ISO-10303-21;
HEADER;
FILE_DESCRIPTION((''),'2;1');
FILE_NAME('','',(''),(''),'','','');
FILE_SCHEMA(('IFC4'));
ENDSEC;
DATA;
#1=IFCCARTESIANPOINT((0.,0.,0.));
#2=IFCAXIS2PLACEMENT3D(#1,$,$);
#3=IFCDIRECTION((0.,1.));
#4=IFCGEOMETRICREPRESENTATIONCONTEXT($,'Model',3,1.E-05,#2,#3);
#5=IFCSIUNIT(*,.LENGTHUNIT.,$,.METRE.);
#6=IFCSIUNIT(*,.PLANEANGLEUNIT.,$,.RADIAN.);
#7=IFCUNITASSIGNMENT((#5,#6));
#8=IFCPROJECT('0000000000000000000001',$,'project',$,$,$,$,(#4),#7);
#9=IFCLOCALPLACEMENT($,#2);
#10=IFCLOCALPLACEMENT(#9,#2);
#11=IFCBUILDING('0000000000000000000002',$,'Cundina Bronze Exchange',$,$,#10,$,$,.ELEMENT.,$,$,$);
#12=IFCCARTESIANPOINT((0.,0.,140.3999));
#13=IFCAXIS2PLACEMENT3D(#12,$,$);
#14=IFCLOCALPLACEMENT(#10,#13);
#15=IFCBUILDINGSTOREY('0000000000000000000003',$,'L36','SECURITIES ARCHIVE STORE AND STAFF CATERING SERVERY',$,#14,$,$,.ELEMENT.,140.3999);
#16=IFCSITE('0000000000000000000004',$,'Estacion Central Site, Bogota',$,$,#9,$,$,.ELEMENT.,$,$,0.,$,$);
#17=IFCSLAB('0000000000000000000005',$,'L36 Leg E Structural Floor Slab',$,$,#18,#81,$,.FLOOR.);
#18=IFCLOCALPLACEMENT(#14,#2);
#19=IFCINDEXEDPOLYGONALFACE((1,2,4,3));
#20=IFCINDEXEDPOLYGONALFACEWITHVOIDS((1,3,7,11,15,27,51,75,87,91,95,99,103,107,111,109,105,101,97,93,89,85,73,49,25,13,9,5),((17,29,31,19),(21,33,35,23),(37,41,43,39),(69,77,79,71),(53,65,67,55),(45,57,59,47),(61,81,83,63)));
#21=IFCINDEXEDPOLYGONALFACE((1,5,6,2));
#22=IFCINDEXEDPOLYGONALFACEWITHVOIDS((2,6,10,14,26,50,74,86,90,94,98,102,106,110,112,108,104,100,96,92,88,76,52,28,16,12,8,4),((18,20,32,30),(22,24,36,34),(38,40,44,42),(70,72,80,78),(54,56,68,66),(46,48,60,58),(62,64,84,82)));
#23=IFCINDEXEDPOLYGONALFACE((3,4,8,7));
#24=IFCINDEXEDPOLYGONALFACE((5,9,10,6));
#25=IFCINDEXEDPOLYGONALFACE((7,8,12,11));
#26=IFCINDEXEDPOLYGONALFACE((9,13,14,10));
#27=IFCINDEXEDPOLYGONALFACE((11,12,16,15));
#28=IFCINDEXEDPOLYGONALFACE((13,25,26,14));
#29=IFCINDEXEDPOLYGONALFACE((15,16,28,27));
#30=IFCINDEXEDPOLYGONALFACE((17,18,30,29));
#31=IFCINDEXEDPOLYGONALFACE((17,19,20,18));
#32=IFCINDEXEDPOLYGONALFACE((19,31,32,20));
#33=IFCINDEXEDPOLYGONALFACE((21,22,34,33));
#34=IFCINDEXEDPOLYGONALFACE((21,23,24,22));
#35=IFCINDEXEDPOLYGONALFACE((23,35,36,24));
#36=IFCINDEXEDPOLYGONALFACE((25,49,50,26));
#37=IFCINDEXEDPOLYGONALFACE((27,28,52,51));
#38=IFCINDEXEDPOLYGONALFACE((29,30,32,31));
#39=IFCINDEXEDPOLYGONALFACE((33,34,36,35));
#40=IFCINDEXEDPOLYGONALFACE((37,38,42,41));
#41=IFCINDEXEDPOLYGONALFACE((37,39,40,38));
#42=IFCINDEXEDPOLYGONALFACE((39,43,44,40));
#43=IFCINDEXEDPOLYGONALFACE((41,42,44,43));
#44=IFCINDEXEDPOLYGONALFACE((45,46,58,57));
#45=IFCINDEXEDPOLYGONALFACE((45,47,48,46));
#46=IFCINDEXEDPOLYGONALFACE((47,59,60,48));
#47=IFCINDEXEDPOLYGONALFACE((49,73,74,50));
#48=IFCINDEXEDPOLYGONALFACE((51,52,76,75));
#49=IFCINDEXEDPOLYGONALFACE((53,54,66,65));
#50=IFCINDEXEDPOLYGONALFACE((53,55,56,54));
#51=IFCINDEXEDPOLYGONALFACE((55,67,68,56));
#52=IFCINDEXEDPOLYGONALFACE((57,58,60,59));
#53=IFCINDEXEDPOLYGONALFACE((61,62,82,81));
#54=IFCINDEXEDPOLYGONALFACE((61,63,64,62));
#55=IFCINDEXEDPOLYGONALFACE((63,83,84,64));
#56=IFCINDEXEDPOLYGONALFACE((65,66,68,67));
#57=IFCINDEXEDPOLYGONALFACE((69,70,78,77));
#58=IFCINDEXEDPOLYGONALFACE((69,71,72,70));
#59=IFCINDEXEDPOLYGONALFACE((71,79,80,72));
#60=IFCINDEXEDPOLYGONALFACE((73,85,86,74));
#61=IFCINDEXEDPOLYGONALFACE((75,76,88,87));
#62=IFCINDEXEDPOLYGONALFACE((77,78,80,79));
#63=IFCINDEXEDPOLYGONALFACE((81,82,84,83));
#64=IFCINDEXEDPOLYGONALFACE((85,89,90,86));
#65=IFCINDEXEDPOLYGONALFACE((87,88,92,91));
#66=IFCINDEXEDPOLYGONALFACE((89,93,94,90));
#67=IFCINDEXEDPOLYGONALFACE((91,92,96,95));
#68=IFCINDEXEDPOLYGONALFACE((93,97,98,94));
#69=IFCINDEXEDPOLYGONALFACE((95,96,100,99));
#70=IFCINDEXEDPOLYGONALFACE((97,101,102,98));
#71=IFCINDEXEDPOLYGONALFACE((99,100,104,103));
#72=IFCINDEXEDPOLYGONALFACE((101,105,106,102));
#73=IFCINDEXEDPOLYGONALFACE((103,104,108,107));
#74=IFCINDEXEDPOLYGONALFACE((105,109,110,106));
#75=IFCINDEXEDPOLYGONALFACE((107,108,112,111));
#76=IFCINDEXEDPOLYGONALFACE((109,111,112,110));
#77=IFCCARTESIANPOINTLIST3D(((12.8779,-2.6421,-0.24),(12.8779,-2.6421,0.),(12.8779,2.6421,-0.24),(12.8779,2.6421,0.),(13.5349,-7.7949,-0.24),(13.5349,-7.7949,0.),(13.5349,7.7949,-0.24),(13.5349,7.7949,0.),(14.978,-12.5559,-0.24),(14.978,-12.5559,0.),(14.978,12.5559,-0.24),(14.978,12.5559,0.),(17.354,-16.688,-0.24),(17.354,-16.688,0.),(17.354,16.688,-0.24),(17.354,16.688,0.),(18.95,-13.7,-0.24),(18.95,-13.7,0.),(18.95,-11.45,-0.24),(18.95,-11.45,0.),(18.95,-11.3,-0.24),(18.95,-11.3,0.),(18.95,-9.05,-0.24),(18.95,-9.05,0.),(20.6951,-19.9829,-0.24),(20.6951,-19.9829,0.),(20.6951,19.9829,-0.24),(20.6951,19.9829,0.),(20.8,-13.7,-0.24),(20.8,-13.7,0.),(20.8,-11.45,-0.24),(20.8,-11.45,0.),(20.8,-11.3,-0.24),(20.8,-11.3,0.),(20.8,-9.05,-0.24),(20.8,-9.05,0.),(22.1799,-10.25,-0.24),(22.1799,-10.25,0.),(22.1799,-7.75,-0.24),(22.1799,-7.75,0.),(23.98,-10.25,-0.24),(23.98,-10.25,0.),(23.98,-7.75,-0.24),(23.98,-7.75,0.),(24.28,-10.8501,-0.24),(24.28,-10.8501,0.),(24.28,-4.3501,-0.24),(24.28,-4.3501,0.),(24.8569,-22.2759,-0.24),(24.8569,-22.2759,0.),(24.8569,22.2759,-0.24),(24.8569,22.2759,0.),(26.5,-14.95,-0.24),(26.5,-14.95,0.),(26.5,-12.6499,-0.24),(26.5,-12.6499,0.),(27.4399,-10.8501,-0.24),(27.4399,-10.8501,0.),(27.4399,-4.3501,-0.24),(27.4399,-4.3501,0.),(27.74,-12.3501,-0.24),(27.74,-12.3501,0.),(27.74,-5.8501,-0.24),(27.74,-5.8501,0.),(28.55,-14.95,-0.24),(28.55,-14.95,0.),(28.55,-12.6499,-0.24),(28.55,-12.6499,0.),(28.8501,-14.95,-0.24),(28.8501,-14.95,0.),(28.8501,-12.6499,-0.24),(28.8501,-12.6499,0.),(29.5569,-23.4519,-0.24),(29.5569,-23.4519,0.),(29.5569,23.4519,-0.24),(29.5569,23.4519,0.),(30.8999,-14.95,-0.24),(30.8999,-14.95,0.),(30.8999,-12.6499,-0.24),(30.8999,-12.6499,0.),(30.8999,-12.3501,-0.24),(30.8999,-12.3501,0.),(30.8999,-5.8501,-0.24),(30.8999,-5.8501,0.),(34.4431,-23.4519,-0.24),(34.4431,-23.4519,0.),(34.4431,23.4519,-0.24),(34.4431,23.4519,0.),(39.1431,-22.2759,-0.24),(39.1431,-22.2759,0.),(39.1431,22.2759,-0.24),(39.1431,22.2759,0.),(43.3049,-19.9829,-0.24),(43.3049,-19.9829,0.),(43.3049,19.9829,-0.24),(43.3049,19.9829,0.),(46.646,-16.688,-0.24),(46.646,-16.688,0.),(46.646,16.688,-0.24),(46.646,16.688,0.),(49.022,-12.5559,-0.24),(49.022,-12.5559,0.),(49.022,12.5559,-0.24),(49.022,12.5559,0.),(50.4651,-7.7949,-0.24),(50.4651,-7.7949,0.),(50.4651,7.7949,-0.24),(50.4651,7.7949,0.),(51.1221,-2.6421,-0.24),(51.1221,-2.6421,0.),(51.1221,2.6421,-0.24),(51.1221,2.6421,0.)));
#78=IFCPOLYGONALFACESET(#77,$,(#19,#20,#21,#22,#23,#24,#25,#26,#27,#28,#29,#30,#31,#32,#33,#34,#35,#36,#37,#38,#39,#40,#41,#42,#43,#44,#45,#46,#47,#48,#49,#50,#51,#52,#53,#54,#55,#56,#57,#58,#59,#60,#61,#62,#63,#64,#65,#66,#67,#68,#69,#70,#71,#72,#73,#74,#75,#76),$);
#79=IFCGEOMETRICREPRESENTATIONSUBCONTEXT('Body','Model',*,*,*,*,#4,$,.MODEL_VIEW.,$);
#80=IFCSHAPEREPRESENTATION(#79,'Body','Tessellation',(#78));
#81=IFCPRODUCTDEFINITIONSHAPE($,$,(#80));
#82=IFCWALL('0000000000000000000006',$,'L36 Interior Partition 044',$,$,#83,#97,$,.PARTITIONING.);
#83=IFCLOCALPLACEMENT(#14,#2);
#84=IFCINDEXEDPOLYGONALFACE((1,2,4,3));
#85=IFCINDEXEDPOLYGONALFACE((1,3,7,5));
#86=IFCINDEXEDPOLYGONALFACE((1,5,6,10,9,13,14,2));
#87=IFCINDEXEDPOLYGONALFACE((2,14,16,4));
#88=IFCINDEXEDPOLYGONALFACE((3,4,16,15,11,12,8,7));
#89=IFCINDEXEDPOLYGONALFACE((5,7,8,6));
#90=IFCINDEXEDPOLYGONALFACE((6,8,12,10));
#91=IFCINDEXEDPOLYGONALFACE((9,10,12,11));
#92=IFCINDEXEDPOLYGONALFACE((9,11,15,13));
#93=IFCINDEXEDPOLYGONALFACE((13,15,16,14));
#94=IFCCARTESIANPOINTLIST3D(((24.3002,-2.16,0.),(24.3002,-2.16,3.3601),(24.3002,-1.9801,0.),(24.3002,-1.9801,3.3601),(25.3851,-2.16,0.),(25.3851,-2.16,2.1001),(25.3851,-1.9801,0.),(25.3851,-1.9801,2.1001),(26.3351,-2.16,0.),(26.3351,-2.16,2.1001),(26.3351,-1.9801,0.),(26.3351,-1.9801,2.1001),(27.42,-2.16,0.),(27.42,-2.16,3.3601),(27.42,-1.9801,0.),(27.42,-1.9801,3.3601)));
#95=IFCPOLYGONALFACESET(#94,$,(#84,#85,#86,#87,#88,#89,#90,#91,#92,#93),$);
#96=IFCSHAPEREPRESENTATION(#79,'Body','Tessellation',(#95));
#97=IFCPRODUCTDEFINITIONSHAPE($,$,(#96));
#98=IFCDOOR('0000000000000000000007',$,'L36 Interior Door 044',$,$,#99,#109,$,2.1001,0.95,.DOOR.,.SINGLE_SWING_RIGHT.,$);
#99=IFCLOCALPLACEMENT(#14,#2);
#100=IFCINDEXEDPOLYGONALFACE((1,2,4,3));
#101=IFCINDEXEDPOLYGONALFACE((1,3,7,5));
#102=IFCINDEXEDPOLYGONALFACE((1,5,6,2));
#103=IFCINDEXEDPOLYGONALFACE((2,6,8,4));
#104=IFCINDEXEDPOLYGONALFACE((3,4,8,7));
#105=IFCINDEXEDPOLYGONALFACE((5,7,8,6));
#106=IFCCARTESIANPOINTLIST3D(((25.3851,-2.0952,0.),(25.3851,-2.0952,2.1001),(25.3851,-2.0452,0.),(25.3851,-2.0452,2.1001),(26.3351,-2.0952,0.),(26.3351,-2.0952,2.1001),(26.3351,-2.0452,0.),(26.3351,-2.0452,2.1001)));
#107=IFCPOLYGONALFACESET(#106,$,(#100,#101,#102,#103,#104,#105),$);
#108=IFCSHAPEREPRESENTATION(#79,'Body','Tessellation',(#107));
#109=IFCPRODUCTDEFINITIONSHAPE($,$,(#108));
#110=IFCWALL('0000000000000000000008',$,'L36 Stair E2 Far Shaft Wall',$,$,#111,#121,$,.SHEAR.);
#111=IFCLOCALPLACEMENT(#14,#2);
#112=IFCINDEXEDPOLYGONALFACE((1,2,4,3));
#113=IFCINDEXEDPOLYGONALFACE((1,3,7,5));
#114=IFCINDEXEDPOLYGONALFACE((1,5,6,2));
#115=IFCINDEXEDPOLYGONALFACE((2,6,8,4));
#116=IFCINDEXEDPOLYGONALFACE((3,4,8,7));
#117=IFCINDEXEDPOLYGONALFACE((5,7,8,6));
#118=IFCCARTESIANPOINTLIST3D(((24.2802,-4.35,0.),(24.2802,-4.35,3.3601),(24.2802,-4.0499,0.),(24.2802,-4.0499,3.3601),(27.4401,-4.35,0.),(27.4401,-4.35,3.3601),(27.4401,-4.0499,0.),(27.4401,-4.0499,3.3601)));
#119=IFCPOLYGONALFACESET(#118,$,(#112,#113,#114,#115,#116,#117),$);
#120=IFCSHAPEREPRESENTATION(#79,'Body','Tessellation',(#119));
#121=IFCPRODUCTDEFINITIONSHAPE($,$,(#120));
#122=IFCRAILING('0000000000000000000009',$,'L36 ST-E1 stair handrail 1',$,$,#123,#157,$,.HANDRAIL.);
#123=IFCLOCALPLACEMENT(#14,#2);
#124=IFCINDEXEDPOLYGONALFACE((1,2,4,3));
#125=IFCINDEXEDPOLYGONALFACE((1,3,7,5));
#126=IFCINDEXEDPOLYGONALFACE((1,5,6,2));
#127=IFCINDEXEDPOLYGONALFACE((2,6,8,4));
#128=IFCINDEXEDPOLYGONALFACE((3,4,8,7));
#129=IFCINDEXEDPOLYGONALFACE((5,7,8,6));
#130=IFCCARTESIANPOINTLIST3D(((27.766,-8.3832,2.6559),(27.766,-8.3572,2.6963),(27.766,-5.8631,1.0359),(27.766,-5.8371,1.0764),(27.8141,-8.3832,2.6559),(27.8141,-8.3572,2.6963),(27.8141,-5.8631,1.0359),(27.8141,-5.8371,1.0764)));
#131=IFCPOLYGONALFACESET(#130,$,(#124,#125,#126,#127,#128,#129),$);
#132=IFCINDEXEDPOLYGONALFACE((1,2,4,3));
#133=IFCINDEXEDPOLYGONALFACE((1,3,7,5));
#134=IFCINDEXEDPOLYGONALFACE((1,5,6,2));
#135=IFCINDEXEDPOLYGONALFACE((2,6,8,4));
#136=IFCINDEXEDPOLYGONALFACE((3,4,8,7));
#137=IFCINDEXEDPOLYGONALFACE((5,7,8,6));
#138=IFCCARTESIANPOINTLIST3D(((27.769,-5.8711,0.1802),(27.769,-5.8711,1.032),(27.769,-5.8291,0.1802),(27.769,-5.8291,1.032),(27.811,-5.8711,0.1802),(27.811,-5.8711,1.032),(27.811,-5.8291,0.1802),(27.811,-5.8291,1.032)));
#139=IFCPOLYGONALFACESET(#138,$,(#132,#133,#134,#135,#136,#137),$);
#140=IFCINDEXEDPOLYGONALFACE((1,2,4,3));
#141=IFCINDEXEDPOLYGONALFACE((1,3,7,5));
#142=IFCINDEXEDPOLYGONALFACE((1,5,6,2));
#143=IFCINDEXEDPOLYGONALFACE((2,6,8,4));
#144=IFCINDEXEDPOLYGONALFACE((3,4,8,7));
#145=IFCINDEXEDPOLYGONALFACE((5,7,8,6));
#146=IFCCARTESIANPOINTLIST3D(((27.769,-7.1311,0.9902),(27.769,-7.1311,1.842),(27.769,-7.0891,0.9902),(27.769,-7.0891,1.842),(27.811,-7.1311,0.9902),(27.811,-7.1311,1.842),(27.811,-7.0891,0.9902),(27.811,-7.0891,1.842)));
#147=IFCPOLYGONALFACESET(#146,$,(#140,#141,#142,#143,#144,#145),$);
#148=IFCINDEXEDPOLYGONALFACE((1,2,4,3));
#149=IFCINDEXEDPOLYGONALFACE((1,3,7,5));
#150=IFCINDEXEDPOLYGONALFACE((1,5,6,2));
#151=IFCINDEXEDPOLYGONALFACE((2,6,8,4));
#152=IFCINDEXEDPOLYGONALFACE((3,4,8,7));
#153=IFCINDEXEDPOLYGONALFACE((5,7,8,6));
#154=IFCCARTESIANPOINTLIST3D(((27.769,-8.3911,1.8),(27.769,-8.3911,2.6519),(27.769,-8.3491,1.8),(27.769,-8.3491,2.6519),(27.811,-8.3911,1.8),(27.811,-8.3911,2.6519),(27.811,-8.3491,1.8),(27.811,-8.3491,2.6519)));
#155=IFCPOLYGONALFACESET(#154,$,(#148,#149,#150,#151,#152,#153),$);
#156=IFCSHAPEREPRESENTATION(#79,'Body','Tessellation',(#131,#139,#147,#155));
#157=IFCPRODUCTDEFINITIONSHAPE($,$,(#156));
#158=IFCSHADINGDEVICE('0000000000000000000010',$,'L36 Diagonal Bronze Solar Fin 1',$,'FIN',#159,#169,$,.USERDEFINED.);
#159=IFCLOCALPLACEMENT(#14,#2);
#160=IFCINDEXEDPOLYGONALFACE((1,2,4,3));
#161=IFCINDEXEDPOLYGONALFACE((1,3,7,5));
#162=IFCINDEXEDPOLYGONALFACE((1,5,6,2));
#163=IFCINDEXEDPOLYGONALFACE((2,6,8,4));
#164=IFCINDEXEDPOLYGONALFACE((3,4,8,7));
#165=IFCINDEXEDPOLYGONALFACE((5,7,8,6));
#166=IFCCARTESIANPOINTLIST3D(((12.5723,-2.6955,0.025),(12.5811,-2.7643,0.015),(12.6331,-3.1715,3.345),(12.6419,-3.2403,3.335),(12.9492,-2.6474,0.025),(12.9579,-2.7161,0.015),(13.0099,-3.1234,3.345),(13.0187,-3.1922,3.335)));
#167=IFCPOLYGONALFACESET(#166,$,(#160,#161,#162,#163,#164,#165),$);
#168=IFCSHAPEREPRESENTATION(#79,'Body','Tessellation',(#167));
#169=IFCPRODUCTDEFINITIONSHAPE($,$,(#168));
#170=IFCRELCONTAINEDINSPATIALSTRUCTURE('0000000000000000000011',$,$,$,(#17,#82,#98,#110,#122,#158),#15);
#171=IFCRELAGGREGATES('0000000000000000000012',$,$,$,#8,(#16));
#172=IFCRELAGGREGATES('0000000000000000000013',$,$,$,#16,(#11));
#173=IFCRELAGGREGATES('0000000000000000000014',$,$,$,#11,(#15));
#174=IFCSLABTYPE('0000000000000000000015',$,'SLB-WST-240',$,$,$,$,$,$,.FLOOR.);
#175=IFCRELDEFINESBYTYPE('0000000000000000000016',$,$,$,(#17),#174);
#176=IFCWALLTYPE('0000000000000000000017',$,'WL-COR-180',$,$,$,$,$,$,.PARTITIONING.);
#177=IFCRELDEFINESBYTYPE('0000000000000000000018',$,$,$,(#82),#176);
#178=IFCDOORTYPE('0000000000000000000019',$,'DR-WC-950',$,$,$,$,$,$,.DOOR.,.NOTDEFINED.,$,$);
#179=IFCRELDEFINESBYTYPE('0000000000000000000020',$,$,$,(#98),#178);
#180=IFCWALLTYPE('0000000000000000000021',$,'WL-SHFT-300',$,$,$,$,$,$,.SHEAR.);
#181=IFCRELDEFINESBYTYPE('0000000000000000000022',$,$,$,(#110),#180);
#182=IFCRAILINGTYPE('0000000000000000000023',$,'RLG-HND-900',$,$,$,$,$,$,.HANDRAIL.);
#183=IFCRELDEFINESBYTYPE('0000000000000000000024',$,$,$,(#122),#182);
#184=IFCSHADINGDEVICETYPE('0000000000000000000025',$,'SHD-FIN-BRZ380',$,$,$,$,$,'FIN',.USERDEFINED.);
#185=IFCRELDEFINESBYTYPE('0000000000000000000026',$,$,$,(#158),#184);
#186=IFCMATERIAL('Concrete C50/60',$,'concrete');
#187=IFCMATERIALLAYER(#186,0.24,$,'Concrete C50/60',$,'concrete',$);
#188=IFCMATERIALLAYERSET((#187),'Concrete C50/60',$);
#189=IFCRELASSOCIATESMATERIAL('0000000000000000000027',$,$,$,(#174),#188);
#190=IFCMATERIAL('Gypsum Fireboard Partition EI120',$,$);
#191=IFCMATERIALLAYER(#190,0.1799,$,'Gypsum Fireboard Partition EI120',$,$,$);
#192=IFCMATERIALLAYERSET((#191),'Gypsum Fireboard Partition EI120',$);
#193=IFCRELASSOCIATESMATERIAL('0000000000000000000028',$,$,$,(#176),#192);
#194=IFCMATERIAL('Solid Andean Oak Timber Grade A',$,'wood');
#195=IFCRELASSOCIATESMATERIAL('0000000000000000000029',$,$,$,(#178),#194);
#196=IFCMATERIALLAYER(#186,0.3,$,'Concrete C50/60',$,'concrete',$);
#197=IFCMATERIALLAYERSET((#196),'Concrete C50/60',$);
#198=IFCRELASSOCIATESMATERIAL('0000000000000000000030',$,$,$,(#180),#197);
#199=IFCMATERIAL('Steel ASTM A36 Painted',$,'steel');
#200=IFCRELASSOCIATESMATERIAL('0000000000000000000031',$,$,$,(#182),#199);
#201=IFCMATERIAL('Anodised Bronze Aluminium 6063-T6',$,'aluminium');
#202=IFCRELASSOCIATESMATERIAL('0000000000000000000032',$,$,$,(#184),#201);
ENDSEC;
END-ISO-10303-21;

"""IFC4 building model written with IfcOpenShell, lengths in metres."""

from ifc_helpers import new_model, si_unit, direction, frame, frame_2d, origin, origin_2d, place, context, subcontext, project, spatial, polyline, rectangle, outline, extrude, material, layer, layer_set, material_profile, profile_set, type_object, element, fill, save


model = new_model("IFC4")

# Units and contexts
model_context = context("Model", 3, precision=1e-05, world=origin(), true_north=direction((0.0, 1.0)))
body_context = subcontext(model_context, "Body", "Model", "MODEL_VIEW")
ifc_project = project(units=[si_unit("LENGTHUNIT", "METRE"), si_unit("PLANEANGLEUNIT", "RADIAN")], contexts=[model_context])

# Site, building, storey
site_placement = place(None, origin())
site = spatial("IfcSite", under=ifc_project, at=site_placement, Name="Estacion Central Site, Bogota", CompositionType="ELEMENT", RefElevation=0.0)
building_placement = place(site_placement, origin())
building = spatial("IfcBuilding", under=site, at=building_placement, Name="Cundina Bronze Exchange", CompositionType="ELEMENT")
storey_placement = place(building_placement, frame((0.0, 0.0, 140.3999)))
storey = spatial("IfcBuildingStorey", under=building, at=storey_placement, Name="L36", Description="SECURITIES ARCHIVE STORE AND STAFF CATERING SERVERY", CompositionType="ELEMENT", Elevation=140.3999)

# Shared definitions
ifc_material_1 = material(Name="Concrete C50/60", Category="concrete")

# Shared definitions
ifc_material_2 = material(Name="Anodised Bronze Aluminium 6063-T6", Category="aluminium")

# Slab
ifc_layer_1 = layer(ifc_material_1, 0.24, Name="Concrete C50/60", Category="concrete")
ifc_layer_set_1 = layer_set([ifc_layer_1], Name="Concrete C50/60")
slab_type_1 = type_object("IfcSlabType", Name="SLB-WST-240", PredefinedType="FLOOR", material=ifc_layer_set_1)
slab_1_placement = place(storey_placement, frame((0.0, 0.0, -0.24)))
element("IfcSlab", 1, at=slab_1_placement, inside=storey, type_object=slab_type_1, Name="L36 Leg E Structural Floor Slab", PredefinedType="FLOOR", context=body_context, shape_type="SweptSolid", body=[
    extrude(outline(polyline([(51.1221, 2.6421), (50.4651, 7.7949), (49.022, 12.5559), (46.646, 16.688), (43.3049, 19.9829), (39.1431, 22.2759), (34.4431, 23.4519), (29.5569, 23.4519), (24.8569, 22.2759), (20.6951, 19.9829), (17.354, 16.688), (14.978, 12.5559), (13.5349, 7.7949), (12.8779, 2.6421), (12.8779, -2.6421), (13.5349, -7.7949), (14.978, -12.5559), (17.354, -16.688), (20.6951, -19.9829), (24.8569, -22.2759), (29.5569, -23.4519), (34.4431, -23.4519), (39.1431, -22.2759), (43.3049, -19.9829), (46.646, -16.688), (49.022, -12.5559), (50.4651, -7.7949), (51.1221, -2.6421), (51.1221, 2.6421)]), holes=[polyline([(27.74, -5.8501), (27.74, -12.3501), (30.8999, -12.3501), (30.8999, -5.8501), (27.74, -5.8501)]), polyline([(27.4399, -10.8501), (27.4399, -4.3501), (24.28, -4.3501), (24.28, -10.8501), (27.4399, -10.8501)]), polyline([(22.1799, -7.75), (23.98, -7.75), (23.98, -10.25), (22.1799, -10.25), (22.1799, -7.75)]), polyline([(28.8501, -12.6499), (30.8999, -12.6499), (30.8999, -14.95), (28.8501, -14.95), (28.8501, -12.6499)]), polyline([(26.5, -12.6499), (28.55, -12.6499), (28.55, -14.95), (26.5, -14.95), (26.5, -12.6499)]), polyline([(18.95, -11.45), (20.8, -11.45), (20.8, -13.7), (18.95, -13.7), (18.95, -11.45)]), polyline([(18.95, -9.05), (20.8, -9.05), (20.8, -11.3), (18.95, -11.3), (18.95, -9.05)])]), origin(), (0.0, 0.0, 1.0), 0.24),
])

# Wall, opening, door
ifc_material_3 = material(Name="Gypsum Fireboard Partition EI120")
ifc_layer_2 = layer(ifc_material_3, 0.1799, Name="Gypsum Fireboard Partition EI120")
ifc_layer_set_2 = layer_set([ifc_layer_2], Name="Gypsum Fireboard Partition EI120")
wall_type_1 = type_object("IfcWallType", Name="WL-COR-180", PredefinedType="PARTITIONING", material=ifc_layer_set_2)
ifc_material_4 = material(Name="Steel ASTM A36 Painted", Category="steel")
wall_1_placement = place(storey_placement, frame((24.3, -2.0701, 0.0), z_axis=(0.0, 0.0, 1.0), x_axis=(1.0, 0.0, 0.0)))
wall_1 = element("IfcWall", 2, at=wall_1_placement, inside=storey, type_object=wall_type_1, Name="L36 Interior Partition 044", PredefinedType="PARTITIONING", context=body_context, shape_type="SweptSolid", body=[
    extrude(rectangle(XDim=3.1199, YDim=0.1799, at=frame_2d((1.5601, 0.0))), origin(), (0.0, 0.0, 1.0), 3.3601),
])
opening_1_placement = place(wall_1_placement, frame((1.085, 0.0, 0.0)))
opening_1 = element("IfcOpeningElement", 3, at=opening_1_placement, cuts=wall_1, PredefinedType="OPENING", context=body_context, shape_type="SweptSolid", body=[
    extrude(rectangle(XDim=0.95, YDim=2.1001, at=frame_2d((0.4751, 1.05))), frame((0.0, 0.0999, 0.0), z_axis=(0.0, -1.0, 0.0), x_axis=(1.0, 0.0, 0.0)), (0.0, 0.0, 1.0), 0.2),
])
ifc_material_5 = material(Name="Solid Andean Oak Timber Grade A", Category="wood")
door_type_1 = type_object("IfcDoorType", Name="DR-WC-950", OperationType="NOTDEFINED", PredefinedType="DOOR", material=ifc_material_5)
door_1_placement = place(opening_1_placement, origin())
door_1 = element("IfcDoor", 4, at=door_1_placement, inside=storey, type_object=door_type_1, Name="L36 Interior Door 044", OperationType="SINGLE_SWING_RIGHT", OverallHeight=2.1001, OverallWidth=0.95, PredefinedType="DOOR", context=body_context, shape_type="SweptSolid", body=[
    extrude(rectangle(XDim=0.95, YDim=2.1001, at=frame_2d((0.4751, 1.05))), frame((0.0, 0.0249, 0.0), z_axis=(0.0, -1.0, 0.0), x_axis=(1.0, 0.0, 0.0)), (0.0, 0.0, 1.0), 0.05),
])
fill(opening_1, door_1)
ifc_layer_3 = layer(ifc_material_1, 0.3, Name="Concrete C50/60", Category="concrete")
ifc_layer_set_3 = layer_set([ifc_layer_3], Name="Concrete C50/60")
wall_type_2 = type_object("IfcWallType", Name="WL-SHFT-300", PredefinedType="SHEAR", material=ifc_layer_set_3)

# Wall
wall_2_placement = place(storey_placement, frame((24.28, -4.2, 0.0), z_axis=(0.0, 0.0, 1.0), x_axis=(1.0, 0.0, 0.0)))
element("IfcWall", 5, at=wall_2_placement, inside=storey, type_object=wall_type_2, Name="L36 Stair E2 Far Shaft Wall", PredefinedType="SHEAR", context=body_context, shape_type="SweptSolid", body=[
    extrude(rectangle(XDim=3.1599, YDim=0.3, at=frame_2d((1.5801, 0.0))), origin(), (0.0, 0.0, 1.0), 3.3601),
])

# Railing
railing_type = type_object("IfcRailingType", Name="RLG-HND-900", PredefinedType="HANDRAIL", material=ifc_material_4)
railing_placement = place(storey_placement, frame((27.79, -5.8501, 0.1802)))
element("IfcRailing", 6, at=railing_placement, inside=storey, type_object=railing_type, Name="L36 ST-E1 stair handrail 1", PredefinedType="HANDRAIL", context=body_context, shape_type="SweptSolid", body=[
    extrude(rectangle(XDim=0.0481, YDim=0.0481, at=origin_2d()), frame((0.0, 0.0, 0.876), z_axis=(0.0, -0.8412, 0.540725), x_axis=(1.0, 0.0, 0.0)), (0.0, 0.0, 1.0), 2.9958),
    extrude(rectangle(XDim=0.042, YDim=0.042, at=origin_2d()), origin(), (0.0, 0.0, 1.0), 0.8518),
    extrude(rectangle(XDim=0.042, YDim=0.042, at=origin_2d()), frame((0.0, -1.26, 0.8101)), (0.0, 0.0, 1.0), 0.8518),
    extrude(rectangle(XDim=0.042, YDim=0.042, at=origin_2d()), frame((0.0, -2.52, 1.6199)), (0.0, 0.0, 1.0), 0.8518),
])

# Shading device
ifc_material_profile_1 = material_profile(ifc_material_2, rectangle(XDim=0.0701, YDim=0.3799, at=origin_2d()), Name="FIN70X380", Category="aluminium")
ifc_profile_set_1 = profile_set([ifc_material_profile_1], Name="Anodised Bronze Aluminium 6063-T6")
shading_device_type = type_object("IfcShadingDeviceType", Name="SHD-FIN-BRZ380", ElementType="FIN", PredefinedType="USERDEFINED", material=ifc_profile_set_1)
shading_device_placement = place(storey_placement, frame((12.7651, -2.7058, 0.02), z_axis=(0.018122, -0.141918, 0.989713), x_axis=(-0.125361, 0.981741, 0.14307)))
element("IfcShadingDevice", 7, at=shading_device_placement, inside=storey, type_object=shading_device_type, Name="L36 Diagonal Bronze Solar Fin 1", ObjectType="FIN", PredefinedType="USERDEFINED", context=body_context, shape_type="SweptSolid", body=[
    extrude(rectangle(XDim=0.0701, YDim=0.3799, at=origin_2d()), origin(), (0.0, 0.0, 1.0), 3.3545),
])

save(model, "model.ifc")
